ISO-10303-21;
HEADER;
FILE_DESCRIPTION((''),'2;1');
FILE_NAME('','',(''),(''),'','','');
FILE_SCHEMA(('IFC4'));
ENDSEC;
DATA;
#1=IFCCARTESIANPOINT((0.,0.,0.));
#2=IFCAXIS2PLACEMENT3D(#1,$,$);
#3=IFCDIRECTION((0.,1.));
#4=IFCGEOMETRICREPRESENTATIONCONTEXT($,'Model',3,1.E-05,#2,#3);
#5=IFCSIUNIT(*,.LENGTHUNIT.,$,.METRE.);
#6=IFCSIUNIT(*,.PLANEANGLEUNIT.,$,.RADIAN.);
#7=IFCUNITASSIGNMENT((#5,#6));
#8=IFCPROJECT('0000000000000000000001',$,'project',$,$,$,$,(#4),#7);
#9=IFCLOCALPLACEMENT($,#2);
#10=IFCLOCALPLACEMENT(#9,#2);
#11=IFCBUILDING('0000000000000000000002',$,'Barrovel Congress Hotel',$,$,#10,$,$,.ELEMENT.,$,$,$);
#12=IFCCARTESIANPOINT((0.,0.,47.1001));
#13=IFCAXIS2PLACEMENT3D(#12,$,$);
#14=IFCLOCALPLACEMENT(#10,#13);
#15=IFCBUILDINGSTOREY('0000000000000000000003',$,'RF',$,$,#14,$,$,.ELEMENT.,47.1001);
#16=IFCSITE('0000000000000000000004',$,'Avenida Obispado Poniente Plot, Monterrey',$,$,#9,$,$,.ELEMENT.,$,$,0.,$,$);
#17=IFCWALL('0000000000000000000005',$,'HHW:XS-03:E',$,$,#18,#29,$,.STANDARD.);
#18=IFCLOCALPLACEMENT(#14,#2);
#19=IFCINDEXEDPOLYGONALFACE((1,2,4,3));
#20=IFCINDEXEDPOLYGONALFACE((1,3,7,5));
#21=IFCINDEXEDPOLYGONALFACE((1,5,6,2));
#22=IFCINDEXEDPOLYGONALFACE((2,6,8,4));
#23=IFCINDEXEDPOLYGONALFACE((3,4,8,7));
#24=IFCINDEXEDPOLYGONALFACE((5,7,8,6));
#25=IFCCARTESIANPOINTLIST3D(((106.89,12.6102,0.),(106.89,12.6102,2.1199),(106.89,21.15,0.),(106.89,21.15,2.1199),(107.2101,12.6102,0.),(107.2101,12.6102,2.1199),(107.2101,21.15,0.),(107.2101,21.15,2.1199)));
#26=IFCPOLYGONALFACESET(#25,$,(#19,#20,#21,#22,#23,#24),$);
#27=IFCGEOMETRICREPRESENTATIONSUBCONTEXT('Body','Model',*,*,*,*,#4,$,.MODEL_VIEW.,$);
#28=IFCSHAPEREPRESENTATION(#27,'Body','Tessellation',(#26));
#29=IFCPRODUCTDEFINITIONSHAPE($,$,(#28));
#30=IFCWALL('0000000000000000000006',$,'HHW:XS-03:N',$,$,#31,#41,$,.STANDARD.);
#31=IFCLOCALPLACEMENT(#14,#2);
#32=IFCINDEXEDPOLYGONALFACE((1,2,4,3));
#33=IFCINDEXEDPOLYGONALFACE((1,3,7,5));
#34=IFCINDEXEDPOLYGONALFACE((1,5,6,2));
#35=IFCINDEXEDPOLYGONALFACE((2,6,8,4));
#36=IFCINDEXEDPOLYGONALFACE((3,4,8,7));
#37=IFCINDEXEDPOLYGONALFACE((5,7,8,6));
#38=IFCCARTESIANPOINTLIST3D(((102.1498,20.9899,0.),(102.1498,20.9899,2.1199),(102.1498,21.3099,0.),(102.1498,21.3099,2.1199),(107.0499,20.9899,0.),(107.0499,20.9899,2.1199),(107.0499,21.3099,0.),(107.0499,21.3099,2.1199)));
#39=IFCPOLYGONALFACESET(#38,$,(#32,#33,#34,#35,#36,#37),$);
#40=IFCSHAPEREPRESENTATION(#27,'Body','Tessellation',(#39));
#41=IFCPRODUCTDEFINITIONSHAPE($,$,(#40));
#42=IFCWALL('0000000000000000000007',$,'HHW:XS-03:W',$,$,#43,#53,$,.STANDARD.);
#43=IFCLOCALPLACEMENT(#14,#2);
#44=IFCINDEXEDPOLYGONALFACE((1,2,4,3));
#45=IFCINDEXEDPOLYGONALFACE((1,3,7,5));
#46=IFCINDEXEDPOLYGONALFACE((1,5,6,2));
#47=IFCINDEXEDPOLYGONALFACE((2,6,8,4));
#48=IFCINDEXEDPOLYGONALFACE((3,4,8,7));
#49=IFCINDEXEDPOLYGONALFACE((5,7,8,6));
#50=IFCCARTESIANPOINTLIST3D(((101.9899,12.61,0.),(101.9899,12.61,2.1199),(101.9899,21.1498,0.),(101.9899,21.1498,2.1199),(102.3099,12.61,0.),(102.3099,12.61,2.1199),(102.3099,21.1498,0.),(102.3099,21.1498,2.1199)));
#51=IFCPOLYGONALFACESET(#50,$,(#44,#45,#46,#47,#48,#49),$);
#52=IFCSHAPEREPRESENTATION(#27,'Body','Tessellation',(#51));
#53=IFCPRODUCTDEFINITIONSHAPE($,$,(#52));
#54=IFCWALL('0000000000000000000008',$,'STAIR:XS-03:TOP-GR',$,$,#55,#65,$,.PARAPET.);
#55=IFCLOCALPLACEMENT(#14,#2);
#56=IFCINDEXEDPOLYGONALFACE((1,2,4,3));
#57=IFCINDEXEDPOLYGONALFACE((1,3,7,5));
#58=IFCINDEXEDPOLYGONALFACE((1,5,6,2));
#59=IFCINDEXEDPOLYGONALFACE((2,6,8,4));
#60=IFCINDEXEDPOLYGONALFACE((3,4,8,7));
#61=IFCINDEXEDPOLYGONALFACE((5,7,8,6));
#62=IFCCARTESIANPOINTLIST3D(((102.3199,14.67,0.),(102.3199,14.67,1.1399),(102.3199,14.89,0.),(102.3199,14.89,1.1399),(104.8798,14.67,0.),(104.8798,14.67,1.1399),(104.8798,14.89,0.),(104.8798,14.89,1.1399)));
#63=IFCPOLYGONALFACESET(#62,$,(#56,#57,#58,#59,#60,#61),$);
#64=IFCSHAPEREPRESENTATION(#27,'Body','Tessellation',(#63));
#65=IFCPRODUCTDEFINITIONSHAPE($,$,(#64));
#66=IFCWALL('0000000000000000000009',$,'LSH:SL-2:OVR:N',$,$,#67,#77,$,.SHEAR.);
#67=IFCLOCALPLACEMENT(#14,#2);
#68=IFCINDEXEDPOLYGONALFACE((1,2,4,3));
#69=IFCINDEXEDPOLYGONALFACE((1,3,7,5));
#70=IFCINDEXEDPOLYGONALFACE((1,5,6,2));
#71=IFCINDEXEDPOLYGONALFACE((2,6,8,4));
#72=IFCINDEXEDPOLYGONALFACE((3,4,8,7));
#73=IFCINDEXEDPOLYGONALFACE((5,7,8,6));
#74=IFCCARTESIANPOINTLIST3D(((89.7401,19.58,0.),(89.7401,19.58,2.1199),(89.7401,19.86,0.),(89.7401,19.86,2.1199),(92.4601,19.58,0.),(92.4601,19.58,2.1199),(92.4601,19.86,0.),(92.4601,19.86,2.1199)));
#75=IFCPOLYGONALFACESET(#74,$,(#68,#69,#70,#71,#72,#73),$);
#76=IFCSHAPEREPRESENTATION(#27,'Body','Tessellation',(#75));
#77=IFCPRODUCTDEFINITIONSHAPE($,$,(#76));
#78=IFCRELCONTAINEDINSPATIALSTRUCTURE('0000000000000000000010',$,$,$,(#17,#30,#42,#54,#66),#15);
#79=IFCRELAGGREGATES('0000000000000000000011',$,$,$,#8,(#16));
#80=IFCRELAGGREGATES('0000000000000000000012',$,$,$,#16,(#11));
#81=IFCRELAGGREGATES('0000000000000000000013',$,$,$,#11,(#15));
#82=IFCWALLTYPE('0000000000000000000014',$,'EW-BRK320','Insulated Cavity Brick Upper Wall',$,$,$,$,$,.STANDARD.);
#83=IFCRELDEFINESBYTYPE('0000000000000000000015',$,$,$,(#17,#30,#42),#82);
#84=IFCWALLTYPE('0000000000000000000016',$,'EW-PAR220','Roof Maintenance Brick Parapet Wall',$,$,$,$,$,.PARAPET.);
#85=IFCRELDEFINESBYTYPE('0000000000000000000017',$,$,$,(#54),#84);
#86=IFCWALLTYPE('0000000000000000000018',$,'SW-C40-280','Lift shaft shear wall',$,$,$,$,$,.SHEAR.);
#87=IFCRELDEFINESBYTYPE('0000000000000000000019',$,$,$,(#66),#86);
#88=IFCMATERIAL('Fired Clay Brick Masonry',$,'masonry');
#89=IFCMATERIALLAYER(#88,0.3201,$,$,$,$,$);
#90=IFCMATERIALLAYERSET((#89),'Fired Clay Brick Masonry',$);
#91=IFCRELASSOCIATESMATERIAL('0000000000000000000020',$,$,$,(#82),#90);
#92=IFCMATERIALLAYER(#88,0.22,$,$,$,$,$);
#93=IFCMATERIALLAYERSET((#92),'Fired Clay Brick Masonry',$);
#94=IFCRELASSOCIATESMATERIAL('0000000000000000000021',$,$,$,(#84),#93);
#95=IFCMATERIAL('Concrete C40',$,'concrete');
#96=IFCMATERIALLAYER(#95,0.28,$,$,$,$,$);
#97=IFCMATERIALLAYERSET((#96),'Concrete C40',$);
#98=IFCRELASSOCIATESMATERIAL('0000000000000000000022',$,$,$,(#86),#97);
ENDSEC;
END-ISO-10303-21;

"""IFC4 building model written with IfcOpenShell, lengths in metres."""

from ifc_helpers import new_model, si_unit, direction, frame, frame_2d, origin, place, context, subcontext, project, spatial, rectangle, extrude, material, layer, layer_set, type_object, element, save


model = new_model("IFC4")

# Units and contexts
model_context = context("Model", 3, precision=1e-05, world=origin(), true_north=direction((0.0, 1.0)))
body_context = subcontext(model_context, "Body", "Model", "MODEL_VIEW")
ifc_project = project(units=[si_unit("LENGTHUNIT", "METRE"), si_unit("PLANEANGLEUNIT", "RADIAN")], contexts=[model_context])

# Site, building, storey
site_placement = place(None, origin())
site = spatial("IfcSite", under=ifc_project, at=site_placement, Name="Avenida Obispado Poniente Plot, Monterrey", CompositionType="ELEMENT", RefElevation=0.0)
building_placement = place(site_placement, origin())
building = spatial("IfcBuilding", under=site, at=building_placement, Name="Barrovel Congress Hotel", CompositionType="ELEMENT")
storey_placement = place(building_placement, frame((0.0, 0.0, 47.1001)))
storey = spatial("IfcBuildingStorey", under=building, at=storey_placement, Name="RF", CompositionType="ELEMENT", Elevation=47.1001)

# Shared definitions
ifc_material_1 = material(Name="Concrete C40", Category="concrete")

# Shared definitions
ifc_material_2 = material(Name="Fired Clay Brick Masonry", Category="masonry")
ifc_layer_1 = layer(ifc_material_2, 0.3201)
ifc_layer_set_1 = layer_set([ifc_layer_1], Name="Fired Clay Brick Masonry")
wall_type_1 = type_object("IfcWallType", Name="EW-BRK320", Description="Insulated Cavity Brick Upper Wall", PredefinedType="STANDARD", material=ifc_layer_set_1)

# Walls
wall_1_placement = place(storey_placement, frame((107.05, 12.6101, 0.0), z_axis=(0.0, 0.0, 1.0), x_axis=(0.0, 1.0, 0.0)))
element("IfcWall", 1, at=wall_1_placement, inside=storey, type_object=wall_type_1, Name="HHW:XS-03:E", PredefinedType="STANDARD", context=body_context, shape_type="SweptSolid", body=[
    extrude(rectangle(XDim=8.5398, YDim=0.3201, at=frame_2d((4.27, 0.0))), origin(), (0.0, 0.0, 1.0), 2.1199),
])
wall_2_placement = place(storey_placement, frame((107.05, 21.1499, 0.0), z_axis=(0.0, 0.0, 1.0), x_axis=(-1.0, 0.0, 0.0)))
element("IfcWall", 2, at=wall_2_placement, inside=storey, type_object=wall_type_1, Name="HHW:XS-03:N", PredefinedType="STANDARD", context=body_context, shape_type="SweptSolid", body=[
    extrude(rectangle(XDim=4.9001, YDim=0.3201, at=frame_2d((2.4502, 0.0))), origin(), (0.0, 0.0, 1.0), 2.1199),
])
wall_3_placement = place(storey_placement, frame((102.1499, 21.1499, 0.0), z_axis=(0.0, 0.0, 1.0), x_axis=(0.0, -1.0, 0.0)))
element("IfcWall", 3, at=wall_3_placement, inside=storey, type_object=wall_type_1, Name="HHW:XS-03:W", PredefinedType="STANDARD", context=body_context, shape_type="SweptSolid", body=[
    extrude(rectangle(XDim=8.5398, YDim=0.3201, at=frame_2d((4.27, 0.0))), origin(), (0.0, 0.0, 1.0), 2.1199),
])
ifc_layer_2 = layer(ifc_material_2, 0.22)
ifc_layer_set_2 = layer_set([ifc_layer_2], Name="Fired Clay Brick Masonry")
wall_type_2 = type_object("IfcWallType", Name="EW-PAR220", Description="Roof Maintenance Brick Parapet Wall", PredefinedType="PARAPET", material=ifc_layer_set_2)
wall_4_placement = place(storey_placement, frame((102.3201, 14.78, 0.0), z_axis=(0.0, 0.0, 1.0), x_axis=(1.0, 0.0, 0.0)))
element("IfcWall", 4, at=wall_4_placement, inside=storey, type_object=wall_type_2, Name="STAIR:XS-03:TOP-GR", PredefinedType="PARAPET", context=body_context, shape_type="SweptSolid", body=[
    extrude(rectangle(XDim=2.5598, YDim=0.22, at=frame_2d((1.2798, 0.0))), origin(), (0.0, 0.0, 1.0), 1.1399),
])
ifc_layer_3 = layer(ifc_material_1, 0.28)
ifc_layer_set_3 = layer_set([ifc_layer_3], Name="Concrete C40")
wall_type_3 = type_object("IfcWallType", Name="SW-C40-280", Description="Lift shaft shear wall", PredefinedType="SHEAR", material=ifc_layer_set_3)
wall_5_placement = place(storey_placement, frame((92.46, 19.72, 0.0), z_axis=(0.0, 0.0, 1.0), x_axis=(-1.0, 0.0, 0.0)))
element("IfcWall", 5, at=wall_5_placement, inside=storey, type_object=wall_type_3, Name="LSH:SL-2:OVR:N", PredefinedType="SHEAR", context=body_context, shape_type="SweptSolid", body=[
    extrude(rectangle(XDim=2.72, YDim=0.28, at=frame_2d((1.3599, 0.0))), origin(), (0.0, 0.0, 1.0), 2.1199),
])

save(model, "model.ifc")
